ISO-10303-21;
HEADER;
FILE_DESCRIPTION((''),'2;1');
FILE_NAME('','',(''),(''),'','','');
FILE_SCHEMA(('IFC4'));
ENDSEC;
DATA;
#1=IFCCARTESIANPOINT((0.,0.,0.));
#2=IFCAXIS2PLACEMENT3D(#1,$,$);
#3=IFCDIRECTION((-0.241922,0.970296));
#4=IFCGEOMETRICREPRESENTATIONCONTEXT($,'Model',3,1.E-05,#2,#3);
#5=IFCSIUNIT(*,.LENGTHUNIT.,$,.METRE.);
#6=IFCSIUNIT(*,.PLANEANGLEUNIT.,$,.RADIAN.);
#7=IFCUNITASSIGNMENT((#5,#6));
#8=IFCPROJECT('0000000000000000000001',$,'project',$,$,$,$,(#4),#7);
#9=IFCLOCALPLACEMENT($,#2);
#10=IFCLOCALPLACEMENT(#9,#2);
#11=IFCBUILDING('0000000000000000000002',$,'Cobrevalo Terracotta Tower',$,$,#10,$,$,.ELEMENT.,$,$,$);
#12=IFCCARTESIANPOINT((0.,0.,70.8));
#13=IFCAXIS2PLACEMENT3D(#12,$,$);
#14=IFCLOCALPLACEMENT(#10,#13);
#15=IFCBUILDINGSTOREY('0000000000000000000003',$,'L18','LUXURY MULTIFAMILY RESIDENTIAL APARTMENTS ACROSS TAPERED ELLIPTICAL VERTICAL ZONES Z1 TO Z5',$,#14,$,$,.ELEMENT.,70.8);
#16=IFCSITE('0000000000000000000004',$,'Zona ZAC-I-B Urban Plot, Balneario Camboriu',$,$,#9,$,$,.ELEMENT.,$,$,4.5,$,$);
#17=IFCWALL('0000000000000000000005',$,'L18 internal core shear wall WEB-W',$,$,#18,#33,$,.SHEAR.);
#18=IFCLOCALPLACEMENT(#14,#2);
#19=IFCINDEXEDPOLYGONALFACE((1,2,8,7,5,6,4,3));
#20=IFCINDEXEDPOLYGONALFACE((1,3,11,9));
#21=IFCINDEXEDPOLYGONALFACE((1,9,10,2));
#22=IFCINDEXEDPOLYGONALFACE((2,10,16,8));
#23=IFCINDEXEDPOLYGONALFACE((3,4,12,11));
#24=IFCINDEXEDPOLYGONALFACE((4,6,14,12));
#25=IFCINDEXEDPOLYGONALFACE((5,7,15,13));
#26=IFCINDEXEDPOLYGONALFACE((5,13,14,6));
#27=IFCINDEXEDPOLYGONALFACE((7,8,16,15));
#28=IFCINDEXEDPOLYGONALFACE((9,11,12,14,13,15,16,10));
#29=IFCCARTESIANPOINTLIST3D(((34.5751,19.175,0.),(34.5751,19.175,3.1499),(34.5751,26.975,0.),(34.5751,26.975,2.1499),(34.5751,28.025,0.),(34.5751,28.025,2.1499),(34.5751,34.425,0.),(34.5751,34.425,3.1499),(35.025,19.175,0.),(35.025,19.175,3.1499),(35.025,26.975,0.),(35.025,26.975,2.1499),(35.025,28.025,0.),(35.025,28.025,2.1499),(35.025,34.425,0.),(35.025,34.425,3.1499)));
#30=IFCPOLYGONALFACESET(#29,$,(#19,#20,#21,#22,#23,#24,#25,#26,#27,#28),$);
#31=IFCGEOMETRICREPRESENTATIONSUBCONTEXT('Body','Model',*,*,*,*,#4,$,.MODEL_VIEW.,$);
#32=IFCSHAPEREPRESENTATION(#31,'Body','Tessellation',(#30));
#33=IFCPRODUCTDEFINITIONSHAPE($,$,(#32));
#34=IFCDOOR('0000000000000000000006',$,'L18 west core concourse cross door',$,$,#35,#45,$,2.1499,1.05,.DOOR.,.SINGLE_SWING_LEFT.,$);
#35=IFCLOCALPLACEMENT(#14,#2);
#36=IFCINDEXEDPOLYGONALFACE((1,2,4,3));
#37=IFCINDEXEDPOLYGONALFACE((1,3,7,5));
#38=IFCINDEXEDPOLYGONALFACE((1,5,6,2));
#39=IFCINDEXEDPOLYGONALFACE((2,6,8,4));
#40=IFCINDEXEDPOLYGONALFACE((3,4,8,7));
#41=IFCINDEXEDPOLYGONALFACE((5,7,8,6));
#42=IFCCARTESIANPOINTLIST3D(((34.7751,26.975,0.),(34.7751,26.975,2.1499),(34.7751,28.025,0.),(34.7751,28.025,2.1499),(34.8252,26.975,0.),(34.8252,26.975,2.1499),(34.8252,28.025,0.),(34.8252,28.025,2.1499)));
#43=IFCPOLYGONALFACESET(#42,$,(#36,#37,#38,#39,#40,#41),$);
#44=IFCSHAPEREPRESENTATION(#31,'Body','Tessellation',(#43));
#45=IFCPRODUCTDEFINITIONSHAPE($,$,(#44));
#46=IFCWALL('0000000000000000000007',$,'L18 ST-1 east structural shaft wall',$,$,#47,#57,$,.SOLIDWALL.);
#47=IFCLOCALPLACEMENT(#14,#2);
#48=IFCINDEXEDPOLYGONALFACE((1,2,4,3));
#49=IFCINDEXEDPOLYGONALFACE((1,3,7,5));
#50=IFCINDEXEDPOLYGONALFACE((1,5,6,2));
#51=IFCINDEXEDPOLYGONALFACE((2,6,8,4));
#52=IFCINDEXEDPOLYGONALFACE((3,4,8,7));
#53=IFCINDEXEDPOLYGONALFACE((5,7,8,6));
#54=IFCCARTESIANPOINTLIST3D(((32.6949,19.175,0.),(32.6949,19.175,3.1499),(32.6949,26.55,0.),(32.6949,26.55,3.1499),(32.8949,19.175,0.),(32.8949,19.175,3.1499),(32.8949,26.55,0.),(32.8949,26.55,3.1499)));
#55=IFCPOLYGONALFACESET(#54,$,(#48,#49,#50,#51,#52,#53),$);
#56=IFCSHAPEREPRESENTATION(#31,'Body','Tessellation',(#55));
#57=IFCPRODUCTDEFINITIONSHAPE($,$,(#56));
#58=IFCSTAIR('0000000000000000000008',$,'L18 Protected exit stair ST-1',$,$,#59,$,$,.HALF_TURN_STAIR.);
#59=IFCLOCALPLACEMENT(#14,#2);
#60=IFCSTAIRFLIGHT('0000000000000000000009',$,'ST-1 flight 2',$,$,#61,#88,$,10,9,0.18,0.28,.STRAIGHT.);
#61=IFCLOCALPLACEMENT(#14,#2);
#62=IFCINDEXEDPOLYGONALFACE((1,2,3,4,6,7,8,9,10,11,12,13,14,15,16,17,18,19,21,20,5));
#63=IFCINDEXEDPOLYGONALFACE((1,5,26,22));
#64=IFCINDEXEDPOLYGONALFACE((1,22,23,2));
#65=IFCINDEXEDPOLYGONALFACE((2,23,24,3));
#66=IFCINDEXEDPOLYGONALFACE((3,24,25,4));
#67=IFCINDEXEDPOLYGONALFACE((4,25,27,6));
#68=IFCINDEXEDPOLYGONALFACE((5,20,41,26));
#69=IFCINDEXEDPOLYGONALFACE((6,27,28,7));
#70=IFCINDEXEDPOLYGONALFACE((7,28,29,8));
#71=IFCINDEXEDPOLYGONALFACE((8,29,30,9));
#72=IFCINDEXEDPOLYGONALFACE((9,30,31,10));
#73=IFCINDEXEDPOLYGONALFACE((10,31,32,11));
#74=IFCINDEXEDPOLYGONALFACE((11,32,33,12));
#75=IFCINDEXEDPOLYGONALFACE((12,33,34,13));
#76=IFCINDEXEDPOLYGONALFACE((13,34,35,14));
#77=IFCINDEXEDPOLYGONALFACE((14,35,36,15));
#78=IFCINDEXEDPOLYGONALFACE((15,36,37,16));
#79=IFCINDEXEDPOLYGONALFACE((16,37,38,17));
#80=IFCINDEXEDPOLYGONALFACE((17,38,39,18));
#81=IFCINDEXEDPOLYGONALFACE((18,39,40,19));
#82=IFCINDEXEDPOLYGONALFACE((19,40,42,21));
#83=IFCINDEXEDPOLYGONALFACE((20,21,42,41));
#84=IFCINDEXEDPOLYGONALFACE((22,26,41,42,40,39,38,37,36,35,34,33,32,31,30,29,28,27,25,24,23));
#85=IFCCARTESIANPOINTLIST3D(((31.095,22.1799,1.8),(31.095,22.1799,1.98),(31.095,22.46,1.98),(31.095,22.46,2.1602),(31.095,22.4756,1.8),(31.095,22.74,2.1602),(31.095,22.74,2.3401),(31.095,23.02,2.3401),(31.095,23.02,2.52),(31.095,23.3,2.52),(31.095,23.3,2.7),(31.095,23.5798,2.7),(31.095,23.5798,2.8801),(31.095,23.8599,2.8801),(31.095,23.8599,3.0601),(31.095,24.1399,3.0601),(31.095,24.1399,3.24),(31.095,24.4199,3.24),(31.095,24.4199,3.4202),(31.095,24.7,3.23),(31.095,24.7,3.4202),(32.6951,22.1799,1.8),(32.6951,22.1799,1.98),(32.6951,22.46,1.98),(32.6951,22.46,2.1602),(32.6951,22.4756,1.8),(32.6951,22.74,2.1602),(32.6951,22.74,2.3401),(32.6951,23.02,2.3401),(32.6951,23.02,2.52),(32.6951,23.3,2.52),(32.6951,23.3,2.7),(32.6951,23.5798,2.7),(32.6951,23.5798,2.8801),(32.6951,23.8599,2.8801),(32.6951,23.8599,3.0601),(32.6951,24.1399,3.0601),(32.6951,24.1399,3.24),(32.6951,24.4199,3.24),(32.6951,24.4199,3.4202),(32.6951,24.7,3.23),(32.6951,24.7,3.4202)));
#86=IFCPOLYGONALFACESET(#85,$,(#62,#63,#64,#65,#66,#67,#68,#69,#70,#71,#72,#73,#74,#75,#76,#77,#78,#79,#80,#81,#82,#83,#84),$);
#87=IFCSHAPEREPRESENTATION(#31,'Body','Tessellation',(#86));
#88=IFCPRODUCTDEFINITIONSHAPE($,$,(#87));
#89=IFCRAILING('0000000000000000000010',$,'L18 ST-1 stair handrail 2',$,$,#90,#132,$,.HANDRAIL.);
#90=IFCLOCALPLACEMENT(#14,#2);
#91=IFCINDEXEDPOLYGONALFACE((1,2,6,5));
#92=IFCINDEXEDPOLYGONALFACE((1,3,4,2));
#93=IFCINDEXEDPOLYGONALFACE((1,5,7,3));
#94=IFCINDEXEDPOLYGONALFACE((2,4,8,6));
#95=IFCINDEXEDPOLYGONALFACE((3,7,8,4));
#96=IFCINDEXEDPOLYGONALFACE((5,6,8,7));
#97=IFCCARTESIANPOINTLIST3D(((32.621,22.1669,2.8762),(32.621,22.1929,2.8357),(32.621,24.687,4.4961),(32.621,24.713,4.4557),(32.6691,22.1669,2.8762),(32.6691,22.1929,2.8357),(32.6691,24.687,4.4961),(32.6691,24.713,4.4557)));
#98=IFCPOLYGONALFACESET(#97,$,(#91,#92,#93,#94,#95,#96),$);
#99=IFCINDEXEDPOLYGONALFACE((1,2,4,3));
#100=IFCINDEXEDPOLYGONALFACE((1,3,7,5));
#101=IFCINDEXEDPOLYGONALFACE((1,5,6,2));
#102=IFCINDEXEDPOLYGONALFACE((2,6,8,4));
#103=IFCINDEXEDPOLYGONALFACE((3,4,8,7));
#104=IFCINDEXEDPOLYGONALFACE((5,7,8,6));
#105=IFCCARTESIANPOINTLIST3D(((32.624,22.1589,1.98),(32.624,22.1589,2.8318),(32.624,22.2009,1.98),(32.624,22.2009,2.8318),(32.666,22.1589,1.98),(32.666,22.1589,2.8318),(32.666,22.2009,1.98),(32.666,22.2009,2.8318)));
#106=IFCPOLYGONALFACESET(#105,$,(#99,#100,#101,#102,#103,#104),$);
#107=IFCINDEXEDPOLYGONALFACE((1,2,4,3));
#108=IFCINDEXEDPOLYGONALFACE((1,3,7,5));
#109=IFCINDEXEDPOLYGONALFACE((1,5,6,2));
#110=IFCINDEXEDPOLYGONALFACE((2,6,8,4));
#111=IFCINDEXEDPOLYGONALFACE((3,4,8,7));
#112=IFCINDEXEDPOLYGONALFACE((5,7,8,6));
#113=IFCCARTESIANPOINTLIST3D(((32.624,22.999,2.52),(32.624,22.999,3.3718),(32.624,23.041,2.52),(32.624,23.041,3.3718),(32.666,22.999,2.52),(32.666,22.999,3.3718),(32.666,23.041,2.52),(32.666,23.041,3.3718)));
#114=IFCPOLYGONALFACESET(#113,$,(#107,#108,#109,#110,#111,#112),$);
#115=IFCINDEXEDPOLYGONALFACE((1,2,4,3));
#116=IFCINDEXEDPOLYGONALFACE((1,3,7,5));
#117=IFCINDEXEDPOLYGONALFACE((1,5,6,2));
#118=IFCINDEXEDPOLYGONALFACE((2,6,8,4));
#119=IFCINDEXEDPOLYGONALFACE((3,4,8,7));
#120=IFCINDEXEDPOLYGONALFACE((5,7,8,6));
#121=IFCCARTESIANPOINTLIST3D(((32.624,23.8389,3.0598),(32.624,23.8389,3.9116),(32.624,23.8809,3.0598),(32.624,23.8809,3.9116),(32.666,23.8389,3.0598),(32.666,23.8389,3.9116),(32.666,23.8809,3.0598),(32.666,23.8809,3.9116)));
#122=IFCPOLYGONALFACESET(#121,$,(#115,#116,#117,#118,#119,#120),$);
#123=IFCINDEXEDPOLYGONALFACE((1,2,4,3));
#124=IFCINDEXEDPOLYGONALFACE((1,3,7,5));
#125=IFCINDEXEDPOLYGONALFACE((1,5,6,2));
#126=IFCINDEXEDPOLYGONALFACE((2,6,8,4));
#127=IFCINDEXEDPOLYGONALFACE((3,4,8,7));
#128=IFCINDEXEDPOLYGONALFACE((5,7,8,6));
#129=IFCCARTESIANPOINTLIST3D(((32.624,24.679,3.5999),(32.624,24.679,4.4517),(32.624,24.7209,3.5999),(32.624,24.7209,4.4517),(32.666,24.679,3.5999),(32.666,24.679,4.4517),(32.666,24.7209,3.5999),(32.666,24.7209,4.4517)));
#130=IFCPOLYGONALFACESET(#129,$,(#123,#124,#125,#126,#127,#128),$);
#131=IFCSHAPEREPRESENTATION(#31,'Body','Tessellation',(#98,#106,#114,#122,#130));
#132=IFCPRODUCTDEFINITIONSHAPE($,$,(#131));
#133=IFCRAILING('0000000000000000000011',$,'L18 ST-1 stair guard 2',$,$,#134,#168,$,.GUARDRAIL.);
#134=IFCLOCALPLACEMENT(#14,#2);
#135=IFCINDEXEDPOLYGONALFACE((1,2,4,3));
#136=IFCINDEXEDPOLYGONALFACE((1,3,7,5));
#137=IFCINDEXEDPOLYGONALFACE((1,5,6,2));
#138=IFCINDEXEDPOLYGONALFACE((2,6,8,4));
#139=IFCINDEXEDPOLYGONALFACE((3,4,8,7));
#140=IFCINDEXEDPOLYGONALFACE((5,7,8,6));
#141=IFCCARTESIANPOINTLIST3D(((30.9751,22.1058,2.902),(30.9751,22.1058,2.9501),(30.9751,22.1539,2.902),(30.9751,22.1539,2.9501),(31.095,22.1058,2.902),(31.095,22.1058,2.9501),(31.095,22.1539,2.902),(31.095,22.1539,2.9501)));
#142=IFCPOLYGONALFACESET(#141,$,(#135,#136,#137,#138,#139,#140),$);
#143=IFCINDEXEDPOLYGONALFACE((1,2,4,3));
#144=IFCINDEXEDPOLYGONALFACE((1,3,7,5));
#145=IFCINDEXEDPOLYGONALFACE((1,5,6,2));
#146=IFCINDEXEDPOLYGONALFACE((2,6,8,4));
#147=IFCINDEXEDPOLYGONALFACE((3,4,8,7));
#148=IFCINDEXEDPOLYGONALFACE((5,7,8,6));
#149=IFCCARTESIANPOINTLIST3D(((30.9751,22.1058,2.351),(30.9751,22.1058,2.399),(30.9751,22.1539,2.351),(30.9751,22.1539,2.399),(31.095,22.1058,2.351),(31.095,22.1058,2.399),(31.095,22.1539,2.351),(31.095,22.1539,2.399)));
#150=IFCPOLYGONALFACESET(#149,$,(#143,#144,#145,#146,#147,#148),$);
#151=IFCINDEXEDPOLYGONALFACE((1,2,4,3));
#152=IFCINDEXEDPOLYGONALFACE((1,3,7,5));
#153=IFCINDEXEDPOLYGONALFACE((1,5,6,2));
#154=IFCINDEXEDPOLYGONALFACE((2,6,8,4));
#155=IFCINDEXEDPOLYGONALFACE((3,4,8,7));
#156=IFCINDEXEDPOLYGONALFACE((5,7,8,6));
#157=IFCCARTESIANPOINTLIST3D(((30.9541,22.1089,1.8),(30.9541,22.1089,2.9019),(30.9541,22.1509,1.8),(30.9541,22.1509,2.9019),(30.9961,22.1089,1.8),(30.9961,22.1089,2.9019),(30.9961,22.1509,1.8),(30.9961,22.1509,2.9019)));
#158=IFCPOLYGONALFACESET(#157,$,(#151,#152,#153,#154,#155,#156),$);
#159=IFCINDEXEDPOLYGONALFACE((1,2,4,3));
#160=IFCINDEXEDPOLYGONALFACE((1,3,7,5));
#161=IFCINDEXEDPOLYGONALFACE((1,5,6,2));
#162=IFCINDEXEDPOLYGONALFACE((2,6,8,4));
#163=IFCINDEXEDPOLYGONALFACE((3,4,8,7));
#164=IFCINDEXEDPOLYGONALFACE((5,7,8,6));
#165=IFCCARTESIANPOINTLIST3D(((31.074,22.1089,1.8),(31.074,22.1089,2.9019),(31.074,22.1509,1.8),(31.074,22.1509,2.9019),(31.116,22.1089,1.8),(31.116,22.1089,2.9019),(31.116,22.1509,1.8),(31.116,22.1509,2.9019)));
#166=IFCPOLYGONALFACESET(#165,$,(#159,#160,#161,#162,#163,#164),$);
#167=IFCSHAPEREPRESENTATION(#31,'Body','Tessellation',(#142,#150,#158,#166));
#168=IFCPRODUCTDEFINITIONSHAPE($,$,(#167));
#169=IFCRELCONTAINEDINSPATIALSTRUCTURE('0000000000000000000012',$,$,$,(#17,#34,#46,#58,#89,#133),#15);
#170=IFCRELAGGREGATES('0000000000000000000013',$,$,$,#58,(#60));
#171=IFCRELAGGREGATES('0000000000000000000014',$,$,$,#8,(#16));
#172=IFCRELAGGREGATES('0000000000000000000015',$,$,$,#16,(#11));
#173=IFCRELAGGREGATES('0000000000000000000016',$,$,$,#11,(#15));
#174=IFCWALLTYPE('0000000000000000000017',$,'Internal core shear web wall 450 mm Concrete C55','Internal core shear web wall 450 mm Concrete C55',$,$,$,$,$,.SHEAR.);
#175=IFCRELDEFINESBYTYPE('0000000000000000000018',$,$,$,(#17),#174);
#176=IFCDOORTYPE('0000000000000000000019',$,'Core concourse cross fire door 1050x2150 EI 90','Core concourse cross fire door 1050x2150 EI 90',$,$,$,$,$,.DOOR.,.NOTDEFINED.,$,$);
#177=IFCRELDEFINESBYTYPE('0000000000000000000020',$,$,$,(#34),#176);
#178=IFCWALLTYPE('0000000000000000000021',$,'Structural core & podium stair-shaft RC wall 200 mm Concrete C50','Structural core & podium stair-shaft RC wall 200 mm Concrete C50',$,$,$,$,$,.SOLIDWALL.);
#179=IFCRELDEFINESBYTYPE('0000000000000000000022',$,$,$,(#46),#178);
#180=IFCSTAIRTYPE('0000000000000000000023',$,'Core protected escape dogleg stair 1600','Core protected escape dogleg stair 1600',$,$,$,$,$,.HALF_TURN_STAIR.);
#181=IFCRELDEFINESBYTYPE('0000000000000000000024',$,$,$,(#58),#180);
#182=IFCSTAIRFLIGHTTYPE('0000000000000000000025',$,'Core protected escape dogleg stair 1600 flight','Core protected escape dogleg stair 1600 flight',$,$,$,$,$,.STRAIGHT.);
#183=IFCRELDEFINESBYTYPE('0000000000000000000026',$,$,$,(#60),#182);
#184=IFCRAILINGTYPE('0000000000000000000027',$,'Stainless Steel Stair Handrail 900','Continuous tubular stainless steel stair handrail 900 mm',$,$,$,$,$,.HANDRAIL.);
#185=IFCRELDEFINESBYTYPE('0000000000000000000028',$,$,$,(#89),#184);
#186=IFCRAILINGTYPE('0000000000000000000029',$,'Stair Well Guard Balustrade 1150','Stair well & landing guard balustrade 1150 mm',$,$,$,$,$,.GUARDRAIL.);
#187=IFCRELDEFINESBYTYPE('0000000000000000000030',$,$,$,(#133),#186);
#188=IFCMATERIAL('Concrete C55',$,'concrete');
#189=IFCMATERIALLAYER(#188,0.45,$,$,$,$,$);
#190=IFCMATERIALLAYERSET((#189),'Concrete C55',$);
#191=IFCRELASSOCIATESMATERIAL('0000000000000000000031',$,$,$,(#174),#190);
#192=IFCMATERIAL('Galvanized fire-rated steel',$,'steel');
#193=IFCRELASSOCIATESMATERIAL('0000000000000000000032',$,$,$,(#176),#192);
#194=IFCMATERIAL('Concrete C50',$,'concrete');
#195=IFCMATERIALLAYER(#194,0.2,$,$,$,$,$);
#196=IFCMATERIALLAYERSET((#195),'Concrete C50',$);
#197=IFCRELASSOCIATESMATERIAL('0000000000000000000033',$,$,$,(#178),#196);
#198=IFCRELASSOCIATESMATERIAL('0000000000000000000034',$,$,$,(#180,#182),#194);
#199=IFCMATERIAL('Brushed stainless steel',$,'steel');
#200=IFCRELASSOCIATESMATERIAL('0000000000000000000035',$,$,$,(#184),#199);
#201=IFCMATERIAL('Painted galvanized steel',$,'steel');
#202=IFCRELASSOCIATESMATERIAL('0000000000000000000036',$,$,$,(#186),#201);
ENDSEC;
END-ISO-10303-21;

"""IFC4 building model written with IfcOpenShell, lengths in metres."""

from ifc_helpers import new_model, si_unit, direction, frame, frame_2d, origin, origin_2d, place, context, subcontext, project, spatial, polyline, rectangle, outline, extrude, source, transform, mapped, material, layer, layer_set, type_object, element, fill, aggregate, save


model = new_model("IFC4")

# Units and contexts
model_context = context("Model", 3, precision=1e-05, world=origin(), true_north=direction((-0.241922, 0.970296)))
body_context = subcontext(model_context, "Body", "Model", "MODEL_VIEW")
ifc_project = project(units=[si_unit("LENGTHUNIT", "METRE"), si_unit("PLANEANGLEUNIT", "RADIAN")], contexts=[model_context])

# Site, building, storey
site_placement = place(None, origin())
site = spatial("IfcSite", under=ifc_project, at=site_placement, Name="Zona ZAC-I-B Urban Plot, Balneario Camboriu", CompositionType="ELEMENT", RefElevation=4.5)
building_placement = place(site_placement, origin())
building = spatial("IfcBuilding", under=site, at=building_placement, Name="Cobrevalo Terracotta Tower", CompositionType="ELEMENT")
storey_placement = place(building_placement, frame((0.0, 0.0, 70.8)))
storey = spatial("IfcBuildingStorey", under=building, at=storey_placement, Name="L18", Description="LUXURY MULTIFAMILY RESIDENTIAL APARTMENTS ACROSS TAPERED ELLIPTICAL VERTICAL ZONES Z1 TO Z5", CompositionType="ELEMENT", Elevation=70.8)

# Wall, opening, door
ifc_material_1 = material(Name="Concrete C55", Category="concrete")
ifc_layer_1 = layer(ifc_material_1, 0.45)
ifc_layer_set_1 = layer_set([ifc_layer_1], Name="Concrete C55")
wall_type_1 = type_object("IfcWallType", Name="Internal core shear web wall 450 mm Concrete C55", Description="Internal core shear web wall 450 mm Concrete C55", PredefinedType="SHEAR", material=ifc_layer_set_1)
wall_1_placement = place(storey_placement, frame((34.8, 19.175, 0.0), z_axis=(0.0, 0.0, 1.0), x_axis=(0.0, 1.0, 0.0)))
wall_1 = element("IfcWall", 1, at=wall_1_placement, inside=storey, type_object=wall_type_1, Name="L18 internal core shear wall WEB-W", PredefinedType="SHEAR", context=body_context, shape_type="SweptSolid", body=[
    extrude(rectangle(XDim=15.25, YDim=0.45, at=frame_2d((7.625, 0.0))), origin(), (0.0, 0.0, 1.0), 3.1499),
])
opening_placement = place(wall_1_placement, frame((7.8, 0.0, 0.0)))
opening = element("IfcOpeningElement", 2, at=opening_placement, cuts=wall_1, PredefinedType="OPENING", context=body_context, shape_type="SweptSolid", body=[
    extrude(rectangle(XDim=1.05, YDim=2.1499, at=frame_2d((0.5249, 1.075))), frame((0.0, 0.2349, 0.0), z_axis=(0.0, -1.0, 0.0), x_axis=(1.0, 0.0, 0.0)), (0.0, 0.0, 1.0), 0.47),
])
ifc_material_2 = material(Name="Galvanized fire-rated steel", Category="steel")
door_type = type_object("IfcDoorType", Name="Core concourse cross fire door 1050x2150 EI 90", Description="Core concourse cross fire door 1050x2150 EI 90", OperationType="NOTDEFINED", PredefinedType="DOOR", material=ifc_material_2)
shared_shape = source(origin(), body_context, "Body", "SweptSolid", [
    extrude(rectangle(XDim=1.05, YDim=2.1499, at=frame_2d((0.5249, 1.075))), frame((0.0, 0.0249, 0.0), z_axis=(0.0, -1.0, 0.0), x_axis=(1.0, 0.0, 0.0)), (0.0, 0.0, 1.0), 0.05),
])
door_placement = place(opening_placement, origin())
door = element("IfcDoor", 3, at=door_placement, inside=storey, type_object=door_type, Name="L18 west core concourse cross door", OperationType="SINGLE_SWING_LEFT", OverallHeight=2.1499, OverallWidth=1.05, PredefinedType="DOOR", context=body_context, shape_type="MappedRepresentation", body=[
    mapped(shared_shape, transform((0.0, 0.0, 0.0), scale=1.0)),
])
fill(opening, door)

# Wall
ifc_material_3 = material(Name="Concrete C50", Category="concrete")
ifc_layer_2 = layer(ifc_material_3, 0.2)
ifc_layer_set_2 = layer_set([ifc_layer_2], Name="Concrete C50")
wall_type_2 = type_object("IfcWallType", Name="Structural core & podium stair-shaft RC wall 200 mm Concrete C50", Description="Structural core & podium stair-shaft RC wall 200 mm Concrete C50", PredefinedType="SOLIDWALL", material=ifc_layer_set_2)
wall_2_placement = place(storey_placement, frame((32.7949, 19.175, 0.0), z_axis=(0.0, 0.0, 1.0), x_axis=(0.0, 1.0, 0.0)))
element("IfcWall", 4, at=wall_2_placement, inside=storey, type_object=wall_type_2, Name="L18 ST-1 east structural shaft wall", PredefinedType="SOLIDWALL", context=body_context, shape_type="SweptSolid", body=[
    extrude(rectangle(XDim=7.375, YDim=0.2, at=frame_2d((3.6875, 0.0))), origin(), (0.0, 0.0, 1.0), 3.1499),
])

# Stair, stair flight
stair_type = type_object("IfcStairType", Name="Core protected escape dogleg stair 1600", Description="Core protected escape dogleg stair 1600", PredefinedType="HALF_TURN_STAIR", material=ifc_material_3)
stair_placement = place(storey_placement, origin())
stair = element("IfcStair", 5, at=stair_placement, inside=storey, type_object=stair_type, Name="L18 Protected exit stair ST-1", PredefinedType="HALF_TURN_STAIR")
stair_flight_type = type_object("IfcStairFlightType", Name="Core protected escape dogleg stair 1600 flight", Description="Core protected escape dogleg stair 1600 flight", PredefinedType="STRAIGHT", material=ifc_material_3)
stair_flight_placement = place(storey_placement, frame((31.895, 22.1799, 1.8), z_axis=(0.0, 0.0, 1.0), x_axis=(0.0, 1.0, 0.0)))
stair_flight = element("IfcStairFlight", 6, at=stair_flight_placement, type_object=stair_flight_type, Name="ST-1 flight 2", NumberOfRisers=10, NumberOfTreads=9, PredefinedType="STRAIGHT", RiserHeight=0.18, TreadLength=0.28, context=body_context, shape_type="SweptSolid", body=[
    extrude(outline(polyline([(0.0, 0.0), (0.0, 0.1799), (0.28, 0.1799), (0.28, 0.3601), (0.5601, 0.3601), (0.5601, 0.54), (0.8401, 0.54), (0.8401, 0.72), (1.1201, 0.72), (1.1201, 0.8999), (1.3999, 0.8999), (1.3999, 1.0801), (1.6799, 1.0801), (1.6799, 1.26), (1.96, 1.26), (1.96, 1.4399), (2.24, 1.4399), (2.24, 1.6201), (2.52, 1.6201), (2.52, 1.8), (2.52, 1.4299), (0.2957, 0.0), (0.0, 0.0)])), frame((0.0, 0.8, 0.0), z_axis=(0.0, -1.0, 0.0), x_axis=(1.0, 0.0, 0.0)), (0.0, 0.0, 1.0), 1.6001),
])
aggregate(stair, [stair_flight])

# Railings
ifc_material_4 = material(Name="Brushed stainless steel", Category="steel")
railing_type_1 = type_object("IfcRailingType", Name="Stainless Steel Stair Handrail 900", Description="Continuous tubular stainless steel stair handrail 900 mm", PredefinedType="HANDRAIL", material=ifc_material_4)
railing_1_placement = place(storey_placement, frame((32.645, 22.1799, 1.98)))
element("IfcRailing", 7, at=railing_1_placement, inside=storey, type_object=railing_type_1, Name="L18 ST-1 stair handrail 2", PredefinedType="HANDRAIL", context=body_context, shape_type="SweptSolid", body=[
    extrude(rectangle(XDim=0.0481, YDim=0.0481, at=origin_2d()), frame((0.0, 0.0, 0.876), z_axis=(0.0, 0.8412, 0.540725), x_axis=(-1.0, 0.0, 0.0)), (0.0, 0.0, 1.0), 2.9958),
    extrude(rectangle(XDim=0.042, YDim=0.042, at=origin_2d()), origin(), (0.0, 0.0, 1.0), 0.8518),
    extrude(rectangle(XDim=0.042, YDim=0.042, at=origin_2d()), frame((0.0, 0.8401, 0.54)), (0.0, 0.0, 1.0), 0.8518),
    extrude(rectangle(XDim=0.042, YDim=0.042, at=origin_2d()), frame((0.0, 1.6799, 1.0798)), (0.0, 0.0, 1.0), 0.8518),
    extrude(rectangle(XDim=0.042, YDim=0.042, at=origin_2d()), frame((0.0, 2.52, 1.6199)), (0.0, 0.0, 1.0), 0.8518),
])
ifc_material_5 = material(Name="Painted galvanized steel", Category="steel")
railing_type_2 = type_object("IfcRailingType", Name="Stair Well Guard Balustrade 1150", Description="Stair well & landing guard balustrade 1150 mm", PredefinedType="GUARDRAIL", material=ifc_material_5)
railing_2_placement = place(storey_placement, frame((30.9751, 22.1299, 1.8)))
element("IfcRailing", 8, at=railing_2_placement, inside=storey, type_object=railing_type_2, Name="L18 ST-1 stair guard 2", PredefinedType="GUARDRAIL", context=body_context, shape_type="SweptSolid", body=[
    extrude(rectangle(XDim=0.0481, YDim=0.0481, at=origin_2d()), frame((0.0, 0.0, 1.126), z_axis=(1.0, 0.0, 0.0), x_axis=(0.0, 1.0, 0.0)), (0.0, 0.0, 1.0), 0.1199),
    extrude(rectangle(XDim=0.0481, YDim=0.0481, at=origin_2d()), frame((0.0, 0.0, 0.575), z_axis=(1.0, 0.0, 0.0), x_axis=(0.0, 1.0, 0.0)), (0.0, 0.0, 1.0), 0.1199),
    extrude(rectangle(XDim=0.042, YDim=0.042, at=origin_2d()), origin(), (0.0, 0.0, 1.0), 1.1018),
    extrude(rectangle(XDim=0.042, YDim=0.042, at=origin_2d()), frame((0.1199, 0.0, 0.0)), (0.0, 0.0, 1.0), 1.1018),
])

save(model, "model.ifc")
